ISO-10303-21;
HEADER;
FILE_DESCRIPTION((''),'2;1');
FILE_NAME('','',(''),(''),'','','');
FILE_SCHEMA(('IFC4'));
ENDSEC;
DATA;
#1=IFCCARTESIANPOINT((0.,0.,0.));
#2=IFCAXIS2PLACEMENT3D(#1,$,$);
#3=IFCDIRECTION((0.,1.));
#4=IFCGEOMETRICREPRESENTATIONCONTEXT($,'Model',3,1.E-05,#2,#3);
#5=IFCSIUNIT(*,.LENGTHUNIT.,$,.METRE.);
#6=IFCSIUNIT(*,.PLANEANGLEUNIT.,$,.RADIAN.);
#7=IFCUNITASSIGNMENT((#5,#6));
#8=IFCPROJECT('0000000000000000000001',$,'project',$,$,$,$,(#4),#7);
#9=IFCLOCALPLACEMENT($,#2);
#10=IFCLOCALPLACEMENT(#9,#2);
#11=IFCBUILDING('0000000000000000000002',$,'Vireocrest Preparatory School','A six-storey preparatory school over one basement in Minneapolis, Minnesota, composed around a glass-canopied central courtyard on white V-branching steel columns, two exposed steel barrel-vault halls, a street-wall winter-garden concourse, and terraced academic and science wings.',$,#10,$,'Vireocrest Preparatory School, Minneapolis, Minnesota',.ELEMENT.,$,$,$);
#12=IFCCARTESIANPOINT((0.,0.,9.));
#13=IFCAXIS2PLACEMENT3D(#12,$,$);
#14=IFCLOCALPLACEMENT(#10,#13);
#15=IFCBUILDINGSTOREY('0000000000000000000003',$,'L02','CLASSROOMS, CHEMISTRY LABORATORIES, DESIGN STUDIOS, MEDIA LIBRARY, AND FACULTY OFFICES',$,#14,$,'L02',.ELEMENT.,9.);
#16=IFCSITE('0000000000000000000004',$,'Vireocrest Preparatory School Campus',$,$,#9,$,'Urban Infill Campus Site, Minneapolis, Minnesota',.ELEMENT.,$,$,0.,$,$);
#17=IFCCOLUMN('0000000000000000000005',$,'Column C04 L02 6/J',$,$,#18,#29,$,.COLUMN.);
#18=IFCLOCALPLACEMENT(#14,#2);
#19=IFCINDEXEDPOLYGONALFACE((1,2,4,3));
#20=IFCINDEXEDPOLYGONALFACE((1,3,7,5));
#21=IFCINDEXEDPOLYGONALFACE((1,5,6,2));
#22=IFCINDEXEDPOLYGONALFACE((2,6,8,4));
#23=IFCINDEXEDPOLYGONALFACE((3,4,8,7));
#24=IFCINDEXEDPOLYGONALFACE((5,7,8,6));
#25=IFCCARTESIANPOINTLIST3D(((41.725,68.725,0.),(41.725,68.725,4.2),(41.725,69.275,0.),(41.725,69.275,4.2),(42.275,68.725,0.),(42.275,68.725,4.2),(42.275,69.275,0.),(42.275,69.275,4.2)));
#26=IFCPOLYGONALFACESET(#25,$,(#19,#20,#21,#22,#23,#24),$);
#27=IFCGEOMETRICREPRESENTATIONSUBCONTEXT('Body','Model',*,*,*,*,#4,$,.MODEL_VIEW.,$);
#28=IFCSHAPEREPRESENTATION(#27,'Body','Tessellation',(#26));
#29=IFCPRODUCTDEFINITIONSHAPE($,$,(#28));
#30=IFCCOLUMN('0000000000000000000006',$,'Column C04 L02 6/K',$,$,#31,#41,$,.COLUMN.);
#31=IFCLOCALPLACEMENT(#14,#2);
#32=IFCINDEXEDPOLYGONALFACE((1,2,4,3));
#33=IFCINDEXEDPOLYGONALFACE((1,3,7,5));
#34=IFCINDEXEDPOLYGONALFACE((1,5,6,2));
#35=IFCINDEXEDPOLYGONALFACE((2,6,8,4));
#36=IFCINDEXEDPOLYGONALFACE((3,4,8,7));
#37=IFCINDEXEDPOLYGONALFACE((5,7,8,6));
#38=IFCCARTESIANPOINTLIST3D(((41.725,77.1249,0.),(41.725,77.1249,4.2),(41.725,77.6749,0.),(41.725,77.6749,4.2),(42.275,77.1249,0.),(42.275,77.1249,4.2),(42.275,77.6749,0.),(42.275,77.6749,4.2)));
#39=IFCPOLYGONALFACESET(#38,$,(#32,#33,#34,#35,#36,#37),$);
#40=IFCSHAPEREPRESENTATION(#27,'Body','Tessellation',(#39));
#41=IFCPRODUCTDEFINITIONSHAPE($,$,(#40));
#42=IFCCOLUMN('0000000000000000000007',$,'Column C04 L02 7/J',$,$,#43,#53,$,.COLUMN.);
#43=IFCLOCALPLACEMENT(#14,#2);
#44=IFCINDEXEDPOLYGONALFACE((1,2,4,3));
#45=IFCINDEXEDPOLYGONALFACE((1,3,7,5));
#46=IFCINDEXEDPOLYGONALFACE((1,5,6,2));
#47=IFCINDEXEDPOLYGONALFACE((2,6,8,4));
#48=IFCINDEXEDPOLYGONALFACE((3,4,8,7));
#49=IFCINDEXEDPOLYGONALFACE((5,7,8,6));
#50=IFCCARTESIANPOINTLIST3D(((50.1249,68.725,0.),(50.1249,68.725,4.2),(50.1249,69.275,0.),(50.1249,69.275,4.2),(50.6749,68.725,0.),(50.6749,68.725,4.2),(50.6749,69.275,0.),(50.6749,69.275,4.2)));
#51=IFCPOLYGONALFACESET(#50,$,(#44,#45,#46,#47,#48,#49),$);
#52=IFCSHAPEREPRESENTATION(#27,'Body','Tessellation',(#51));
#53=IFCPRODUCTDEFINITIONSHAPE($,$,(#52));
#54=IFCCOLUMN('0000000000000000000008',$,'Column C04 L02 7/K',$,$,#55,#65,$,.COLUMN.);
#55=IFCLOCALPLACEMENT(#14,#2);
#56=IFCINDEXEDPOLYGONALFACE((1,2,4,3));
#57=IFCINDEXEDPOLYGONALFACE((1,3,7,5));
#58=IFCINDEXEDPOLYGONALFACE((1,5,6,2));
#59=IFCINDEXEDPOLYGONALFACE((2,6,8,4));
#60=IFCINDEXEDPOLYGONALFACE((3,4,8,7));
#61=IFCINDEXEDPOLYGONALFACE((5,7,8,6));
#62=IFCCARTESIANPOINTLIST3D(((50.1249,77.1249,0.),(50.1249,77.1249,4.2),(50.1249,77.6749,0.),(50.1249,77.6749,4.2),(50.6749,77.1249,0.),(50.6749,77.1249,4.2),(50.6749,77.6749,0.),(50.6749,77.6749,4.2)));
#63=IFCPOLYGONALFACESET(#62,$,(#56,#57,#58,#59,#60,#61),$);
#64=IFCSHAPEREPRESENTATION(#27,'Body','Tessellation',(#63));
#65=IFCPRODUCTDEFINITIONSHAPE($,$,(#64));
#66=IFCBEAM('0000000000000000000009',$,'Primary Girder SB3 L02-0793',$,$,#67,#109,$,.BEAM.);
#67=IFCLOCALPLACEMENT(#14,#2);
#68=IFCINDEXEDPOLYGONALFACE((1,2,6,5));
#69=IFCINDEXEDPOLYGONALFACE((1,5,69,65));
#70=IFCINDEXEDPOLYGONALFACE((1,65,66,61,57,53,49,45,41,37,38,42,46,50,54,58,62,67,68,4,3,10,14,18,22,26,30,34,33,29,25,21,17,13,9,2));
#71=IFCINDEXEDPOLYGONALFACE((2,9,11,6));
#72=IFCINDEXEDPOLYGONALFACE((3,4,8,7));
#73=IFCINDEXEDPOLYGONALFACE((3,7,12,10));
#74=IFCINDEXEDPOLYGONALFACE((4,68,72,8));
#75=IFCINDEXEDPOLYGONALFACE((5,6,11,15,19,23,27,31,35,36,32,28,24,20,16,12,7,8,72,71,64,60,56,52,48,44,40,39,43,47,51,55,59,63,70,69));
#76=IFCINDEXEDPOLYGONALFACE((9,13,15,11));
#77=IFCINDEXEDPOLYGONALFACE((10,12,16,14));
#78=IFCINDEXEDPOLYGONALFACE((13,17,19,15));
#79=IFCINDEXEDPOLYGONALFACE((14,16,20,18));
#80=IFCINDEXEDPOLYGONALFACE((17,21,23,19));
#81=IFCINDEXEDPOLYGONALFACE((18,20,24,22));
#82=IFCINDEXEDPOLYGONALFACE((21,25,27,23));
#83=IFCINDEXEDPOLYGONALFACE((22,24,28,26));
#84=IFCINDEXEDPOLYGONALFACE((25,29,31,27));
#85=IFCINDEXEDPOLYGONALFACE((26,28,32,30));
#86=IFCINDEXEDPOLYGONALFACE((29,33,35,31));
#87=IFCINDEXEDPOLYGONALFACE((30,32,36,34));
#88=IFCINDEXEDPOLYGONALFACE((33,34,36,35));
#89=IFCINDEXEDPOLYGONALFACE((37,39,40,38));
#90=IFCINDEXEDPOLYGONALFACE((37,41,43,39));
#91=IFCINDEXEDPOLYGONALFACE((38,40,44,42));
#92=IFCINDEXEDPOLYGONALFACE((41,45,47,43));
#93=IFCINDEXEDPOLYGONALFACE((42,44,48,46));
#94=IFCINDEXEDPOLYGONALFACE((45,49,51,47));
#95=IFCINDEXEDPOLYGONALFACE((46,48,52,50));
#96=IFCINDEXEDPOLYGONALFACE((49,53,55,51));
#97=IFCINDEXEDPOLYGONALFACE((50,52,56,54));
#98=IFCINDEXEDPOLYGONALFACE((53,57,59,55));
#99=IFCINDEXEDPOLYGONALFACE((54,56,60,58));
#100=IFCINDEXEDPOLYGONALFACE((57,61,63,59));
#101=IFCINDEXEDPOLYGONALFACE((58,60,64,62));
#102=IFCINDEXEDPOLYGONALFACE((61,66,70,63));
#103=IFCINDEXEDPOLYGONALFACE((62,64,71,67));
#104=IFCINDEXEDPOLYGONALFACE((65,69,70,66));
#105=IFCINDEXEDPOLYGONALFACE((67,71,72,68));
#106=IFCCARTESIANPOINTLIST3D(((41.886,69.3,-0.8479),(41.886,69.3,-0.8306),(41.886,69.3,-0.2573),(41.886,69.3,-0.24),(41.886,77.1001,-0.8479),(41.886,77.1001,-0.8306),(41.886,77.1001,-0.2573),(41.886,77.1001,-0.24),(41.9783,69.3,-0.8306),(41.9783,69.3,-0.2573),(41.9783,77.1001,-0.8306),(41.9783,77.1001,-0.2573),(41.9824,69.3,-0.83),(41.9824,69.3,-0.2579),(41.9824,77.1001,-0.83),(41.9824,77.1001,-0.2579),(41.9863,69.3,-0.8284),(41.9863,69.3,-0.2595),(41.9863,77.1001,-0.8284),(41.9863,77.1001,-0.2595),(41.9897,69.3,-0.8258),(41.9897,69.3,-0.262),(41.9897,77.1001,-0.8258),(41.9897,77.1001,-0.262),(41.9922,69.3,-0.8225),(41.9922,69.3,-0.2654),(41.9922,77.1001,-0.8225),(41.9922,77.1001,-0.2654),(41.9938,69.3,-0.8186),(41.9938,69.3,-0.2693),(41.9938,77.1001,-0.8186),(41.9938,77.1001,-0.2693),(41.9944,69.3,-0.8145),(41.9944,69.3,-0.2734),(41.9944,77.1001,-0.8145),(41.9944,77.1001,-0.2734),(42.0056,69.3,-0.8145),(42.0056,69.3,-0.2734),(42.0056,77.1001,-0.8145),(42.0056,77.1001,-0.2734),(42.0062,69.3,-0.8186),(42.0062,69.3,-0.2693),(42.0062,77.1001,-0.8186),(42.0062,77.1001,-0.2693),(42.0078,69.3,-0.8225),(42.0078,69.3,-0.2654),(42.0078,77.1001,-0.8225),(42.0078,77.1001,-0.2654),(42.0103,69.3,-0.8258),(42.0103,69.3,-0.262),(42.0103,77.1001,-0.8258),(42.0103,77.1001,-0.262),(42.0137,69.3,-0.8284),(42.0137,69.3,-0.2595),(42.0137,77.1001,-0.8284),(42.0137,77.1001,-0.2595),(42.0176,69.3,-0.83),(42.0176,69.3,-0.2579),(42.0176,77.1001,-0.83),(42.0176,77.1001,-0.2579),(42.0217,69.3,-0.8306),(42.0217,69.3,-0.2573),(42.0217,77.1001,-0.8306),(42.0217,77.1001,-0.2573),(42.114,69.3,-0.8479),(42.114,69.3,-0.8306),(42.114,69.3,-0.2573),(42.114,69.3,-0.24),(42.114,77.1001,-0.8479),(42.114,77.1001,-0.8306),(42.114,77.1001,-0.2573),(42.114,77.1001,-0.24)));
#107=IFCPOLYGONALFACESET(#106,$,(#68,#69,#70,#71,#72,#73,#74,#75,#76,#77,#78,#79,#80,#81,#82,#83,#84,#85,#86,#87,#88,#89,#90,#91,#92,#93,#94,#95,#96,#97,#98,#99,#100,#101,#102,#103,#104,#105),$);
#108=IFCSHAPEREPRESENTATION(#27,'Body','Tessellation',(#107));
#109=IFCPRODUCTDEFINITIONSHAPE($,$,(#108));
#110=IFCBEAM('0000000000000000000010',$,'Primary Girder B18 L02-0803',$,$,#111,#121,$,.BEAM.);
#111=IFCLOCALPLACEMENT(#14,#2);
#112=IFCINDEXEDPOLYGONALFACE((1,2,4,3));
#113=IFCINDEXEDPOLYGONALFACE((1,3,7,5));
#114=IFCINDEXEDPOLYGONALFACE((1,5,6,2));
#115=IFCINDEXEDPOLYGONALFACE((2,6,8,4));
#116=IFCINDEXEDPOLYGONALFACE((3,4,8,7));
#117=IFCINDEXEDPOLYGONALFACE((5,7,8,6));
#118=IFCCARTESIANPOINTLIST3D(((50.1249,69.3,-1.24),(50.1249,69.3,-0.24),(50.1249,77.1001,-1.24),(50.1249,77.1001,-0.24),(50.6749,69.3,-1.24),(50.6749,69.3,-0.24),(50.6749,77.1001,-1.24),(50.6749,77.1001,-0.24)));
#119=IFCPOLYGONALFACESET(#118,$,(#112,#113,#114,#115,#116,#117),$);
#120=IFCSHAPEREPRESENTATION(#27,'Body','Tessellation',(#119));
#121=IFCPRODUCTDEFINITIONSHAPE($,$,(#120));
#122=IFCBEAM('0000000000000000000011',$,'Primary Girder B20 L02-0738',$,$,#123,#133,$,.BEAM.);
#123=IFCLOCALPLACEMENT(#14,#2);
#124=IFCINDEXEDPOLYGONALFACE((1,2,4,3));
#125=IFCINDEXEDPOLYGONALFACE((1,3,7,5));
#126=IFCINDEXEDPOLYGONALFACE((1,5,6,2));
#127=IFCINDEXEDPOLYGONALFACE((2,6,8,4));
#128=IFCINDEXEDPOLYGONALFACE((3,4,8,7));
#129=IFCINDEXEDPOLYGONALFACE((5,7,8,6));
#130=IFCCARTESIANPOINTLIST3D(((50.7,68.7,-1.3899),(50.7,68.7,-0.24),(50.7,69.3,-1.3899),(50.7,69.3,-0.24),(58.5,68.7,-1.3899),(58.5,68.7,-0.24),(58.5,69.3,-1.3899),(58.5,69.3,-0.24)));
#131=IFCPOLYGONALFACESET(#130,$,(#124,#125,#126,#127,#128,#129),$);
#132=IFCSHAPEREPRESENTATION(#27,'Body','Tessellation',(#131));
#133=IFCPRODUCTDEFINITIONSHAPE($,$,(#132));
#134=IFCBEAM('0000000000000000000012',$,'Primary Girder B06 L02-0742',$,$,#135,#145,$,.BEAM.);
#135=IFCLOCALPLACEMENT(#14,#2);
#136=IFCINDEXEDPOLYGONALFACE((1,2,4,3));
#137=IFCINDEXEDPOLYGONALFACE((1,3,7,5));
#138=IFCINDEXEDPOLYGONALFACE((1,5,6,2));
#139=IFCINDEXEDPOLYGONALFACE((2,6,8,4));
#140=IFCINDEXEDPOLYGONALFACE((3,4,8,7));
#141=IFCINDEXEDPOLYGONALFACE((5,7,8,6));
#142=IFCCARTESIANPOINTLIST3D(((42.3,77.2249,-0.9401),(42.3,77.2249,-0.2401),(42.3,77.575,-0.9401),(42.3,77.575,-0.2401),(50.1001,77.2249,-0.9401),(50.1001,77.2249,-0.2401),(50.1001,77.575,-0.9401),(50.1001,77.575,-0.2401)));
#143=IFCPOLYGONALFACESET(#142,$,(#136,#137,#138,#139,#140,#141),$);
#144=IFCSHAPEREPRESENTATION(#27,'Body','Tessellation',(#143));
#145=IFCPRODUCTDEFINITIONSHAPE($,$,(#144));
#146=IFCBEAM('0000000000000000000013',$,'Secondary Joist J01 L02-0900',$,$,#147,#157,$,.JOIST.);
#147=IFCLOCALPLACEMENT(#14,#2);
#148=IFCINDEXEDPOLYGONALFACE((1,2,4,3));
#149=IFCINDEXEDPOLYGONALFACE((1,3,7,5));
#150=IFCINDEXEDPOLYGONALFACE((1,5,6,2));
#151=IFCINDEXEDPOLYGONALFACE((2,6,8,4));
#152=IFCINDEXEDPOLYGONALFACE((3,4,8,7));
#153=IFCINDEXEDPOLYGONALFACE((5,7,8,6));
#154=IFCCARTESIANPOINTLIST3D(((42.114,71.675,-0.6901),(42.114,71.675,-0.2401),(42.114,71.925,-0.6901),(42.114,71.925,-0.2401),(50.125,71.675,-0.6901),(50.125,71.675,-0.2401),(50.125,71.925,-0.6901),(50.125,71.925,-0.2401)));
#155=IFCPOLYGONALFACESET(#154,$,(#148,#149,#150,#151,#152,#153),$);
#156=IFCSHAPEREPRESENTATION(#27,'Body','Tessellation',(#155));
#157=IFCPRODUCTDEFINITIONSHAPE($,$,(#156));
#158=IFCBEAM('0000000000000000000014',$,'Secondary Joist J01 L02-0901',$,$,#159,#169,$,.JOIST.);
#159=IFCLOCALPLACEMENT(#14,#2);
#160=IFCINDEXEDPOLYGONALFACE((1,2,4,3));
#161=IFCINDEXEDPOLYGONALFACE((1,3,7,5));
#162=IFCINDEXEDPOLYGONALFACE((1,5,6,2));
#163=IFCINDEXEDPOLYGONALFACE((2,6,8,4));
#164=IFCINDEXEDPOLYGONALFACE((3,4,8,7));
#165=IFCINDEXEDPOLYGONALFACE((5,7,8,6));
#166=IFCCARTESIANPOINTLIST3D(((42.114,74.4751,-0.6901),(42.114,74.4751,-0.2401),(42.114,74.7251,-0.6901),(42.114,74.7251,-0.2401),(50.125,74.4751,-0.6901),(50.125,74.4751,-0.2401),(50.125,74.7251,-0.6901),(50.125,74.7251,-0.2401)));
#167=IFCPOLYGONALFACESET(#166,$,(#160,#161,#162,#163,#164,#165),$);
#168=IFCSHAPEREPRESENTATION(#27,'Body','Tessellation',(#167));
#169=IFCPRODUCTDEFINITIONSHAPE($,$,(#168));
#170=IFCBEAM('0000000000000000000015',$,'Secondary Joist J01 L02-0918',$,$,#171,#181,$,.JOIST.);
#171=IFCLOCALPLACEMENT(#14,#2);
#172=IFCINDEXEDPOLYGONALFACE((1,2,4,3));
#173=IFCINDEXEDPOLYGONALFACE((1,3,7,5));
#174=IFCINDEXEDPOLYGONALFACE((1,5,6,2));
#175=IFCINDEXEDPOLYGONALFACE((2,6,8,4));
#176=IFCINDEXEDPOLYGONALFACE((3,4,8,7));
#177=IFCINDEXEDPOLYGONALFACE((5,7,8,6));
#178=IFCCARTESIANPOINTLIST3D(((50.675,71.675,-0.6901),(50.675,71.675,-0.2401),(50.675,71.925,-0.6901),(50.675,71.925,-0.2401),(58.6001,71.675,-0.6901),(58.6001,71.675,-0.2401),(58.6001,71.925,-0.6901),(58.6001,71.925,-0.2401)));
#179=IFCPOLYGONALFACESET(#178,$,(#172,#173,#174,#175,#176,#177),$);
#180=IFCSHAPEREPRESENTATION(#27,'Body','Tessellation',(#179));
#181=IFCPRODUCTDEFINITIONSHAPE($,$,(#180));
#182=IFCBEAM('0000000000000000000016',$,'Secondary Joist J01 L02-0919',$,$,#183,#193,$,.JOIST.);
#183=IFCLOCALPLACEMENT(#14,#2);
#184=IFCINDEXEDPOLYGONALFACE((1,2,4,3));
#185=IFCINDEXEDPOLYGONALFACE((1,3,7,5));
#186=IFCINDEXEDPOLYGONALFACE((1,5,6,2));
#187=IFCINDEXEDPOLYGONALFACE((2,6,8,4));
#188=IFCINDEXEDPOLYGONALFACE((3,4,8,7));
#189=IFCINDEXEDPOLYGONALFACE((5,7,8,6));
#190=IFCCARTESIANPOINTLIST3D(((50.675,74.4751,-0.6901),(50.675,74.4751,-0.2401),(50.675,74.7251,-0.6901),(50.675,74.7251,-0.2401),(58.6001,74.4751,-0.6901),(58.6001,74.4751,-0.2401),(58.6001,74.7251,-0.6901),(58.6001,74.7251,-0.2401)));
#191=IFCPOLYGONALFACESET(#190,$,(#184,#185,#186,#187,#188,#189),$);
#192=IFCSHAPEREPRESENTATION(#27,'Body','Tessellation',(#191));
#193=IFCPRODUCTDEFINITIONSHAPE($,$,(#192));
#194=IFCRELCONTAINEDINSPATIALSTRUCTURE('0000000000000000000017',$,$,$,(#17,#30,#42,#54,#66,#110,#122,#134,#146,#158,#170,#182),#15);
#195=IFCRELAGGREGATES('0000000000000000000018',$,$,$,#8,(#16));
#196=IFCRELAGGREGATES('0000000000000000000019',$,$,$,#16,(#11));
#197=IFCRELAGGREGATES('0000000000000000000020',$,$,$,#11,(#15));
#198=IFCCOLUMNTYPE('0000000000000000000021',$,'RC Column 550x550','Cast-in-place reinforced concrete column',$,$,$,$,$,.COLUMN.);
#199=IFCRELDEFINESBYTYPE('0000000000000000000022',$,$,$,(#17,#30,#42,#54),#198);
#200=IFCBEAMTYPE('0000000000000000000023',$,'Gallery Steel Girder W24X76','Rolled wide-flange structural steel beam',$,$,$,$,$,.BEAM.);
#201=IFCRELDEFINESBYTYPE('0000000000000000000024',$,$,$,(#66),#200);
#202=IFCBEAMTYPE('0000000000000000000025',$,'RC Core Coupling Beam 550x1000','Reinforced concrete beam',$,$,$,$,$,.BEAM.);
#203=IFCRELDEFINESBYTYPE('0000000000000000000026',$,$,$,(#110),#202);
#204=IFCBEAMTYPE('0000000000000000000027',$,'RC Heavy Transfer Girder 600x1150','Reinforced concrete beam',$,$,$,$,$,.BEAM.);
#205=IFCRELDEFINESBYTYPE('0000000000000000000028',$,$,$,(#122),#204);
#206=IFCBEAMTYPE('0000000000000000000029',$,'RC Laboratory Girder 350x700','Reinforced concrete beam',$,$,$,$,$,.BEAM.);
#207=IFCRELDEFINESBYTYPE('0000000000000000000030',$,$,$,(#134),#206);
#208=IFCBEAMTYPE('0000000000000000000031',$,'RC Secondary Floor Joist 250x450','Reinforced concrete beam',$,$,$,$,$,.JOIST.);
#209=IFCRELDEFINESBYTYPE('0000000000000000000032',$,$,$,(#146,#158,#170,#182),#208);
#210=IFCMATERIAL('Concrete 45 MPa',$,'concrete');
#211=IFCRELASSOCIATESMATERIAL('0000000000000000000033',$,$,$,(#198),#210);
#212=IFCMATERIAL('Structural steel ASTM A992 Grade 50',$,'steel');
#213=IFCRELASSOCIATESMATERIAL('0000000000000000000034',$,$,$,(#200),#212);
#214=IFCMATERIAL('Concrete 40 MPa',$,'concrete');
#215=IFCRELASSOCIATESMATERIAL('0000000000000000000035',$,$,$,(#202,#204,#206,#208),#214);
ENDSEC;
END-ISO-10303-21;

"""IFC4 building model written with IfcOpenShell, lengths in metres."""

from ifc_helpers import new_model, si_unit, direction, frame, origin, origin_2d, place, context, subcontext, project, spatial, rectangle, i_section, extrude, material, material_profile, profile_set, type_object, element, save


model = new_model("IFC4")

# Units and contexts
model_context = context("Model", 3, precision=1e-05, world=origin(), true_north=direction((0.0, 1.0)))
body_context = subcontext(model_context, "Body", "Model", "MODEL_VIEW")
ifc_project = project(units=[si_unit("LENGTHUNIT", "METRE"), si_unit("PLANEANGLEUNIT", "RADIAN")], contexts=[model_context])

# Site, building, storey
site_placement = place(None, origin())
site = spatial("IfcSite", under=ifc_project, at=site_placement, Name="Vireocrest Preparatory School Campus", LongName="Urban Infill Campus Site, Minneapolis, Minnesota", CompositionType="ELEMENT", RefElevation=0.0)
building_placement = place(site_placement, origin())
building = spatial("IfcBuilding", under=site, at=building_placement, Name="Vireocrest Preparatory School", Description="A six-storey preparatory school over one basement in Minneapolis, Minnesota, composed around a glass-canopied central courtyard on white V-branching steel columns, two exposed steel barrel-vault halls, a street-wall winter-garden concourse, and terraced academic and science wings.", LongName="Vireocrest Preparatory School, Minneapolis, Minnesota", CompositionType="ELEMENT")
storey_placement = place(building_placement, frame((0.0, 0.0, 9.0)))
storey = spatial("IfcBuildingStorey", under=building, at=storey_placement, Name="L02", Description="CLASSROOMS, CHEMISTRY LABORATORIES, DESIGN STUDIOS, MEDIA LIBRARY, AND FACULTY OFFICES", LongName="L02", CompositionType="ELEMENT", Elevation=9.0)

# Columns
ifc_material_1 = material(Name="Concrete 45 MPa", Category="concrete")
ifc_material_profile_1 = material_profile(ifc_material_1, rectangle(XDim=0.55, YDim=0.55, at=origin_2d()), Name="RC 550x550")
ifc_profile_set_1 = profile_set([ifc_material_profile_1], Name="Concrete 45 MPa")
column_type = type_object("IfcColumnType", Name="RC Column 550x550", Description="Cast-in-place reinforced concrete column", PredefinedType="COLUMN", material=ifc_profile_set_1)
for number, where, z_axis, x_axis, name in (
    (1, (42.0, 69.0, 0.0), (0.0, 0.0, 1.0), (1.0, 0.0, 0.0), "Column C04 L02 6/J"),
    (2, (42.0, 77.3999, 0.0), (0.0, 0.0, 1.0), (1.0, 0.0, 0.0), "Column C04 L02 6/K"),
    (3, (50.3999, 69.0, 0.0), (0.0, 0.0, 1.0), (1.0, 0.0, 0.0), "Column C04 L02 7/J"),
    (4, (50.3999, 77.3999, 0.0), (0.0, 0.0, 1.0), (1.0, 0.0, 0.0), "Column C04 L02 7/K"),
):
    element("IfcColumn", number, at=place(storey_placement, frame(where, z_axis=z_axis, x_axis=x_axis)), inside=storey, type_object=column_type, Name=name, PredefinedType="COLUMN", context=body_context, shape_type="SweptSolid", body=[
        extrude(rectangle(XDim=0.55, YDim=0.55, at=origin_2d()), origin(), (0.0, 0.0, 1.0), 4.2),
    ])

# Beams
ifc_material_2 = material(Name="Structural steel ASTM A992 Grade 50", Category="steel")
ifc_material_profile_2 = material_profile(ifc_material_2, i_section(OverallWidth=0.228, OverallDepth=0.6079, WebThickness=0.0112, FlangeThickness=0.0173, FilletRadius=0.0161, at=origin_2d()), Name="W24X76")
ifc_profile_set_2 = profile_set([ifc_material_profile_2], Name="Structural steel ASTM A992 Grade 50")
beam_type_1 = type_object("IfcBeamType", Name="Gallery Steel Girder W24X76", Description="Rolled wide-flange structural steel beam", PredefinedType="BEAM", material=ifc_profile_set_2)
beam_1_placement = place(storey_placement, frame((42.0, 69.3, -0.5439), z_axis=(0.0, 1.0, 0.0), x_axis=(-1.0, 0.0, 0.0)))
element("IfcBeam", 5, at=beam_1_placement, inside=storey, type_object=beam_type_1, Name="Primary Girder SB3 L02-0793", PredefinedType="BEAM", context=body_context, shape_type="SweptSolid", body=[
    extrude(i_section(OverallWidth=0.228, OverallDepth=0.6079, WebThickness=0.0112, FlangeThickness=0.0173, FilletRadius=0.0161, at=origin_2d()), origin(), (0.0, 0.0, 1.0), 7.8),
])
ifc_material_3 = material(Name="Concrete 40 MPa", Category="concrete")
ifc_material_profile_3 = material_profile(ifc_material_3, rectangle(XDim=0.55, YDim=1.0, at=origin_2d()), Name="RC 550x1000")
ifc_profile_set_3 = profile_set([ifc_material_profile_3], Name="Concrete 40 MPa")
beam_type_2 = type_object("IfcBeamType", Name="RC Core Coupling Beam 550x1000", Description="Reinforced concrete beam", PredefinedType="BEAM", material=ifc_profile_set_3)
beam_2_placement = place(storey_placement, frame((50.3999, 69.3, -0.74), z_axis=(0.0, 1.0, 0.0), x_axis=(-1.0, 0.0, 0.0)))
element("IfcBeam", 6, at=beam_2_placement, inside=storey, type_object=beam_type_2, Name="Primary Girder B18 L02-0803", PredefinedType="BEAM", context=body_context, shape_type="SweptSolid", body=[
    extrude(rectangle(XDim=0.55, YDim=1.0, at=origin_2d()), origin(), (0.0, 0.0, 1.0), 7.8),
])
ifc_material_profile_4 = material_profile(ifc_material_3, rectangle(XDim=0.6001, YDim=1.1499, at=origin_2d()), Name="RC 600x1150")
ifc_profile_set_4 = profile_set([ifc_material_profile_4], Name="Concrete 40 MPa")
beam_type_3 = type_object("IfcBeamType", Name="RC Heavy Transfer Girder 600x1150", Description="Reinforced concrete beam", PredefinedType="BEAM", material=ifc_profile_set_4)
beam_3_placement = place(storey_placement, frame((50.7, 69.0, -0.8149), z_axis=(1.0, 0.0, 0.0), x_axis=(0.0, 1.0, 0.0)))
element("IfcBeam", 7, at=beam_3_placement, inside=storey, type_object=beam_type_3, Name="Primary Girder B20 L02-0738", PredefinedType="BEAM", context=body_context, shape_type="SweptSolid", body=[
    extrude(rectangle(XDim=0.6001, YDim=1.1499, at=origin_2d()), origin(), (0.0, 0.0, 1.0), 7.8),
])
ifc_material_profile_5 = material_profile(ifc_material_3, rectangle(XDim=0.3501, YDim=0.7, at=origin_2d()), Name="RC 350x700")
ifc_profile_set_5 = profile_set([ifc_material_profile_5], Name="Concrete 40 MPa")
beam_type_4 = type_object("IfcBeamType", Name="RC Laboratory Girder 350x700", Description="Reinforced concrete beam", PredefinedType="BEAM", material=ifc_profile_set_5)
beam_4_placement = place(storey_placement, frame((42.3, 77.3999, -0.5901), z_axis=(1.0, 0.0, 0.0), x_axis=(0.0, 1.0, 0.0)))
element("IfcBeam", 8, at=beam_4_placement, inside=storey, type_object=beam_type_4, Name="Primary Girder B06 L02-0742", PredefinedType="BEAM", context=body_context, shape_type="SweptSolid", body=[
    extrude(rectangle(XDim=0.3501, YDim=0.7, at=origin_2d()), origin(), (0.0, 0.0, 1.0), 7.8),
])
ifc_material_profile_6 = material_profile(ifc_material_3, rectangle(XDim=0.25, YDim=0.45, at=origin_2d()), Name="RC 250x450")
ifc_profile_set_6 = profile_set([ifc_material_profile_6], Name="Concrete 40 MPa")
beam_type_5 = type_object("IfcBeamType", Name="RC Secondary Floor Joist 250x450", Description="Reinforced concrete beam", PredefinedType="JOIST", material=ifc_profile_set_6)
for number, where, z_axis, x_axis, name in (
    (9, (42.114, 71.8, -0.4651), (1.0, 0.0, 0.0), (0.0, 1.0, 0.0), "Secondary Joist J01 L02-0900"),
    (10, (42.114, 74.6001, -0.4651), (1.0, 0.0, 0.0), (0.0, 1.0, 0.0), "Secondary Joist J01 L02-0901"),
):
    element("IfcBeam", number, at=place(storey_placement, frame(where, z_axis=z_axis, x_axis=x_axis)), inside=storey, type_object=beam_type_5, Name=name, PredefinedType="JOIST", context=body_context, shape_type="SweptSolid", body=[
        extrude(rectangle(XDim=0.25, YDim=0.45, at=origin_2d()), origin(), (0.0, 0.0, 1.0), 8.011),
    ])
for number, where, z_axis, x_axis, name in (
    (11, (50.675, 71.8, -0.4651), (1.0, 0.0, 0.0), (0.0, 1.0, 0.0), "Secondary Joist J01 L02-0918"),
    (12, (50.675, 74.6001, -0.4651), (1.0, 0.0, 0.0), (0.0, 1.0, 0.0), "Secondary Joist J01 L02-0919"),
):
    element("IfcBeam", number, at=place(storey_placement, frame(where, z_axis=z_axis, x_axis=x_axis)), inside=storey, type_object=beam_type_5, Name=name, PredefinedType="JOIST", context=body_context, shape_type="SweptSolid", body=[
        extrude(rectangle(XDim=0.25, YDim=0.45, at=origin_2d()), origin(), (0.0, 0.0, 1.0), 7.925),
    ])

save(model, "model.ifc")
